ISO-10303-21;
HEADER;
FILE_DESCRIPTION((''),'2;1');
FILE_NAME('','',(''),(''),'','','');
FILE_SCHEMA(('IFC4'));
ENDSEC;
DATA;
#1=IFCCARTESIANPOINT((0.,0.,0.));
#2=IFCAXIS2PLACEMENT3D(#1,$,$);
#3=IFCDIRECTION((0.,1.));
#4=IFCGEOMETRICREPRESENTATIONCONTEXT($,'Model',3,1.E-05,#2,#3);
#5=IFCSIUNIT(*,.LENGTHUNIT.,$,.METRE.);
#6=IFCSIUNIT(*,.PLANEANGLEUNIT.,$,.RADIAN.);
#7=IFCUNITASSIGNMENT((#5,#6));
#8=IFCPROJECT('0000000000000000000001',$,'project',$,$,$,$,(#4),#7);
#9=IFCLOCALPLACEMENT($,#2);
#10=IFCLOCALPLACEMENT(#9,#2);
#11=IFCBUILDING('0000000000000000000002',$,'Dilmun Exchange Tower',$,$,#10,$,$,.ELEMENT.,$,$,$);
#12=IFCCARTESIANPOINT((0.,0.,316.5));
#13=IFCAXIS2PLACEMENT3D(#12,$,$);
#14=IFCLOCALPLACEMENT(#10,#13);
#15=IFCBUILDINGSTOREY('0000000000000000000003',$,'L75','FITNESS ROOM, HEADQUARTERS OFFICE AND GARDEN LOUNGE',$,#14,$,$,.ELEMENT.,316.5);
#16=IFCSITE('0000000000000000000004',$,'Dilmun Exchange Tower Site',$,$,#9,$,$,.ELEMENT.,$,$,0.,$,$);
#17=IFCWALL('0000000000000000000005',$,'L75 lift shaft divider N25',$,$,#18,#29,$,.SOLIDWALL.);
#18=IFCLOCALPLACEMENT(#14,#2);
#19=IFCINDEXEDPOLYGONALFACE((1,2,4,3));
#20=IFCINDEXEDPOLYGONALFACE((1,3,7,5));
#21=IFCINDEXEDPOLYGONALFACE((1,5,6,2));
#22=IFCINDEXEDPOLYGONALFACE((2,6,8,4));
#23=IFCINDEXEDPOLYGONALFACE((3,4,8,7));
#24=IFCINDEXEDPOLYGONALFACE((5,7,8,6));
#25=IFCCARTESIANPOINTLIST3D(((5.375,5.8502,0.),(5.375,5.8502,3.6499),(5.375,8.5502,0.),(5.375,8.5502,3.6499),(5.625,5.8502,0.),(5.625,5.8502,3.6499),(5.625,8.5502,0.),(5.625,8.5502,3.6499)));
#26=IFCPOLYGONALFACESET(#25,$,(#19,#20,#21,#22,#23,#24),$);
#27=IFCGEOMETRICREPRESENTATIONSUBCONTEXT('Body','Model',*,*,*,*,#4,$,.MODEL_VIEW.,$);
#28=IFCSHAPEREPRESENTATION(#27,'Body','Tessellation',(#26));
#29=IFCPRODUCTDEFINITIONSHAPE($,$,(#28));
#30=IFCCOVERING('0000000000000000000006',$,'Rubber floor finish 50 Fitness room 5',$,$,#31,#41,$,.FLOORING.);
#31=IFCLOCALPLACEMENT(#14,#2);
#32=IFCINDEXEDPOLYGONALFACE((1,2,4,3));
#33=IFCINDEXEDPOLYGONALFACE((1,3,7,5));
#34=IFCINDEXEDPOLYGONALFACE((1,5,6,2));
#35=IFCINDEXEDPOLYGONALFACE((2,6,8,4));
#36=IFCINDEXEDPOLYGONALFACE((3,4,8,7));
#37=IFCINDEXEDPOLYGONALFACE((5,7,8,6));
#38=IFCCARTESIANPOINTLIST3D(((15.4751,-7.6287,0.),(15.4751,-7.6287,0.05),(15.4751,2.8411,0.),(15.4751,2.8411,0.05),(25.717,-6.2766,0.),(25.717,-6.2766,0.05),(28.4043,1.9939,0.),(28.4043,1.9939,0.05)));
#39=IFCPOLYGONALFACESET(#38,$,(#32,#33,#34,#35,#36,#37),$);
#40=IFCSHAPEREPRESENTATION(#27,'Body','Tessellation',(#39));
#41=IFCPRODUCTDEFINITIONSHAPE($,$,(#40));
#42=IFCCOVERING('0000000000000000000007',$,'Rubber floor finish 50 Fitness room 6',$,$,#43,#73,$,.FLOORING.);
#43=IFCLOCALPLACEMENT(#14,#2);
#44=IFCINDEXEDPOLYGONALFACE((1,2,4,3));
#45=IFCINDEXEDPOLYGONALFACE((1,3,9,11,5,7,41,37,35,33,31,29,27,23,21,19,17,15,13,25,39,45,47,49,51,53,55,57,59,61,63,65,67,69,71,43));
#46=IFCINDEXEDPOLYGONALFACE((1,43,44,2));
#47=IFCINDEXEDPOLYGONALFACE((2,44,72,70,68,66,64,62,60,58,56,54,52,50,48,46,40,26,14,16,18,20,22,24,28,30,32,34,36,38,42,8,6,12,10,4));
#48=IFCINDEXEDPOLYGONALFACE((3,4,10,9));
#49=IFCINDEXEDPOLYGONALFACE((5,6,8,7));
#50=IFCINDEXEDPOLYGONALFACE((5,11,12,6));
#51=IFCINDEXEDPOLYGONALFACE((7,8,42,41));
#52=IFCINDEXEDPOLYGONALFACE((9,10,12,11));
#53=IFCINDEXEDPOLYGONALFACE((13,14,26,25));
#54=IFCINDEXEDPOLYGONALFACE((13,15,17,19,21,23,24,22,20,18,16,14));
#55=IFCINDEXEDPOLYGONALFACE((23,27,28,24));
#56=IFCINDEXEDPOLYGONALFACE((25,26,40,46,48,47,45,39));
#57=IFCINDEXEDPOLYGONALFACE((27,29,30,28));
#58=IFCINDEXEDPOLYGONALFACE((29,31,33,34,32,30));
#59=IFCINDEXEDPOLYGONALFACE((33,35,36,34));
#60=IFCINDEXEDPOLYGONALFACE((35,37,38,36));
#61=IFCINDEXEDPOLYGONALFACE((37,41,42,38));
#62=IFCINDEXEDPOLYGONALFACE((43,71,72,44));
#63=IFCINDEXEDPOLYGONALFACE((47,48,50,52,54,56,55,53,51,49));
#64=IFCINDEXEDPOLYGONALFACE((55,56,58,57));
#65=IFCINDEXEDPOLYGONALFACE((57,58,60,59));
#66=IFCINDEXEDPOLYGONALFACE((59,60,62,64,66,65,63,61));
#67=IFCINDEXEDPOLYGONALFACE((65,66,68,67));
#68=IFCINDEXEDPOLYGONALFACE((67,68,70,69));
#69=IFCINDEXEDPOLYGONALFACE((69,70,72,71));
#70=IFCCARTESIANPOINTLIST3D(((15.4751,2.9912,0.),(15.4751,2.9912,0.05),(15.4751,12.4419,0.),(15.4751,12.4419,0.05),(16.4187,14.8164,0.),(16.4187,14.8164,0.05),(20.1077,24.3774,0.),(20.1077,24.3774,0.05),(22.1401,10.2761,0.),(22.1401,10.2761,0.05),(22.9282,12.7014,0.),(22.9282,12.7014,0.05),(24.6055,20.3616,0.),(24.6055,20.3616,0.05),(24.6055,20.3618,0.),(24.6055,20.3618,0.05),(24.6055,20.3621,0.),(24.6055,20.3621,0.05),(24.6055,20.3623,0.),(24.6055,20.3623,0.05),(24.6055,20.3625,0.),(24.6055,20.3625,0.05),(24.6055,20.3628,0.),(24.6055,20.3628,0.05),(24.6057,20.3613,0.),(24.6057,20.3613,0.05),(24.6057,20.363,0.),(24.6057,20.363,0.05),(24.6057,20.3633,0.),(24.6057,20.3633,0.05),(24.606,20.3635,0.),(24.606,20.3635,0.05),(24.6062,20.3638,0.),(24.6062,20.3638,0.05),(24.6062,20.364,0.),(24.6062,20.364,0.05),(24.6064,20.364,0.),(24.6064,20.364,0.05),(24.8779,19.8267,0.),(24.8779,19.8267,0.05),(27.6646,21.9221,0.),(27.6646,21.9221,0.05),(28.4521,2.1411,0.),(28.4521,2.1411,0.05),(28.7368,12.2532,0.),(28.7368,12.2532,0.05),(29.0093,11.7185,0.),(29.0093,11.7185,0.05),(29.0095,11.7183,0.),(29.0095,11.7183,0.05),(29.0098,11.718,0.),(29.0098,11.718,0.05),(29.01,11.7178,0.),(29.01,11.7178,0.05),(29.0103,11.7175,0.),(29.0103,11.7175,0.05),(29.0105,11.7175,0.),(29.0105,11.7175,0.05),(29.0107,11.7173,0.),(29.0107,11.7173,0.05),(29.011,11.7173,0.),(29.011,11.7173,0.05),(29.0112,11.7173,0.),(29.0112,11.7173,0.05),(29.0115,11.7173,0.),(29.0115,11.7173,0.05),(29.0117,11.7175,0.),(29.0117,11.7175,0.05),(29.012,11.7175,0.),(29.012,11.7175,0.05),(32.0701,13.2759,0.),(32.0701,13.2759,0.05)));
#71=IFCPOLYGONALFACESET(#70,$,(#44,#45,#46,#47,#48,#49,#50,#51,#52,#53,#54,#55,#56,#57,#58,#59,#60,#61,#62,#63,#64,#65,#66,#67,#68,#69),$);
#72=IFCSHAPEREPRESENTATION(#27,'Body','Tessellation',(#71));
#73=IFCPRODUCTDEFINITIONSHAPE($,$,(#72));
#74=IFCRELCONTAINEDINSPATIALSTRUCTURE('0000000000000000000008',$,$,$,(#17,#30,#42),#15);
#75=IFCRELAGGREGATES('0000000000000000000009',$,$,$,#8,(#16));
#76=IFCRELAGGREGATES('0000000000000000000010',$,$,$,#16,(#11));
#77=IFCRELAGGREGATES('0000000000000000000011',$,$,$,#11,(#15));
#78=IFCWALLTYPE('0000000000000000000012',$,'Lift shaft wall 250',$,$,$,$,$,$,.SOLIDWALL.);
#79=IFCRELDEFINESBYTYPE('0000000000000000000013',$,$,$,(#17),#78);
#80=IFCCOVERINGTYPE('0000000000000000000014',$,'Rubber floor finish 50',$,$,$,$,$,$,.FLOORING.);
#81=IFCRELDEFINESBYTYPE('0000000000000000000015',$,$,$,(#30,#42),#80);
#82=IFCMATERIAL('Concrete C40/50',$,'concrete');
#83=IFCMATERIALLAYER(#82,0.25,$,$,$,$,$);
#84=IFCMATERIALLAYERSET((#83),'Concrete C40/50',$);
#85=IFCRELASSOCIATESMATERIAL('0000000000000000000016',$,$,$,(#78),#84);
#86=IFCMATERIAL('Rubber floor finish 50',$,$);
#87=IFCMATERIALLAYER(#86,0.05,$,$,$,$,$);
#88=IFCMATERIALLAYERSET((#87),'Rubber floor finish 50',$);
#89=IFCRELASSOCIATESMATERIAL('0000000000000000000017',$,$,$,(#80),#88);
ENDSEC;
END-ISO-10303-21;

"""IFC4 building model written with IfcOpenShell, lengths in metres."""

from ifc_helpers import new_model, si_unit, direction, frame, frame_2d, origin, place, context, subcontext, project, spatial, polyline, rectangle, outline, extrude, material, layer, layer_set, type_object, element, save


model = new_model("IFC4")

# Units and contexts
model_context = context("Model", 3, precision=1e-05, world=origin(), true_north=direction((0.0, 1.0)))
body_context = subcontext(model_context, "Body", "Model", "MODEL_VIEW")
ifc_project = project(units=[si_unit("LENGTHUNIT", "METRE"), si_unit("PLANEANGLEUNIT", "RADIAN")], contexts=[model_context])

# Site, building, storey
site_placement = place(None, origin())
site = spatial("IfcSite", under=ifc_project, at=site_placement, Name="Dilmun Exchange Tower Site", CompositionType="ELEMENT", RefElevation=0.0)
building_placement = place(site_placement, origin())
building = spatial("IfcBuilding", under=site, at=building_placement, Name="Dilmun Exchange Tower", CompositionType="ELEMENT")
storey_placement = place(building_placement, frame((0.0, 0.0, 316.5)))
storey = spatial("IfcBuildingStorey", under=building, at=storey_placement, Name="L75", Description="FITNESS ROOM, HEADQUARTERS OFFICE AND GARDEN LOUNGE", CompositionType="ELEMENT", Elevation=316.5)

# Shared definitions
ifc_material_1 = material(Name="Concrete C40/50", Category="concrete")

# Shared definitions
ifc_layer_1 = layer(ifc_material_1, 0.25)
ifc_layer_set_1 = layer_set([ifc_layer_1], Name="Concrete C40/50")
wall_type_1 = type_object("IfcWallType", Name="Lift shaft wall 250", PredefinedType="SOLIDWALL", material=ifc_layer_set_1)

# Wall
for number, where, z_axis, x_axis, name in (
    (1, (5.5, 5.8501, 0.0), (0.0, 0.0, 1.0), (0.0, 1.0, 0.0), "L75 lift shaft divider N25"),
):
    element("IfcWall", number, at=place(storey_placement, frame(where, z_axis=z_axis, x_axis=x_axis)), inside=storey, type_object=wall_type_1, Name=name, PredefinedType="SOLIDWALL", context=body_context, shape_type="SweptSolid", body=[
        extrude(rectangle(XDim=2.7, YDim=0.25, at=frame_2d((1.3501, 0.0))), origin(), (0.0, 0.0, 1.0), 3.6499),
    ])

# Coverings
ifc_material_2 = material(Name="Rubber floor finish 50")
ifc_layer_2 = layer(ifc_material_2, 0.05)
ifc_layer_set_2 = layer_set([ifc_layer_2], Name="Rubber floor finish 50")
covering_type = type_object("IfcCoveringType", Name="Rubber floor finish 50", PredefinedType="FLOORING", material=ifc_layer_set_2)
covering_1_placement = place(storey_placement, origin())
element("IfcCovering", 2, at=covering_1_placement, inside=storey, type_object=covering_type, Name="Rubber floor finish 50 Fitness room 5", PredefinedType="FLOORING", context=body_context, shape_type="SweptSolid", body=[
    extrude(outline(polyline([(15.4751, 2.8411), (28.4043, 1.9939), (25.717, -6.2766), (15.4751, -7.6287), (15.4751, 2.8411)])), origin(), (0.0, 0.0, 1.0), 0.05),
])
covering_2_placement = place(storey_placement, origin())
element("IfcCovering", 3, at=covering_2_placement, inside=storey, type_object=covering_type, Name="Rubber floor finish 50 Fitness room 6", PredefinedType="FLOORING", context=body_context, shape_type="SweptSolid", body=[
    extrude(outline(polyline([(22.9282, 12.7014), (16.4187, 14.8164), (20.1077, 24.3774), (27.6646, 21.9221), (24.6064, 20.364), (24.6062, 20.364), (24.6062, 20.3638), (24.606, 20.3635), (24.606, 20.3635), (24.6057, 20.3633), (24.6057, 20.3633), (24.6057, 20.363), (24.6055, 20.3628), (24.6055, 20.3625), (24.6055, 20.3623), (24.6055, 20.3623), (24.6055, 20.3621), (24.6055, 20.3618), (24.6055, 20.3618), (24.6055, 20.3616), (24.6057, 20.3613), (24.8779, 19.8267), (24.8779, 19.8267), (28.7368, 12.2532), (28.7368, 12.2532), (29.0093, 11.7185), (29.0095, 11.7183), (29.0095, 11.7183), (29.0098, 11.718), (29.0098, 11.718), (29.01, 11.7178), (29.01, 11.7178), (29.0103, 11.7175), (29.0105, 11.7175), (29.0107, 11.7173), (29.011, 11.7173), (29.011, 11.7173), (29.0112, 11.7173), (29.0115, 11.7173), (29.0117, 11.7175), (29.0117, 11.7175), (29.012, 11.7175), (32.0701, 13.2759), (28.4521, 2.1411), (15.4751, 2.9912), (15.4751, 12.4419), (22.1401, 10.2761), (22.9282, 12.7014)])), origin(), (0.0, 0.0, 1.0), 0.05),
])

save(model, "model.ifc")
